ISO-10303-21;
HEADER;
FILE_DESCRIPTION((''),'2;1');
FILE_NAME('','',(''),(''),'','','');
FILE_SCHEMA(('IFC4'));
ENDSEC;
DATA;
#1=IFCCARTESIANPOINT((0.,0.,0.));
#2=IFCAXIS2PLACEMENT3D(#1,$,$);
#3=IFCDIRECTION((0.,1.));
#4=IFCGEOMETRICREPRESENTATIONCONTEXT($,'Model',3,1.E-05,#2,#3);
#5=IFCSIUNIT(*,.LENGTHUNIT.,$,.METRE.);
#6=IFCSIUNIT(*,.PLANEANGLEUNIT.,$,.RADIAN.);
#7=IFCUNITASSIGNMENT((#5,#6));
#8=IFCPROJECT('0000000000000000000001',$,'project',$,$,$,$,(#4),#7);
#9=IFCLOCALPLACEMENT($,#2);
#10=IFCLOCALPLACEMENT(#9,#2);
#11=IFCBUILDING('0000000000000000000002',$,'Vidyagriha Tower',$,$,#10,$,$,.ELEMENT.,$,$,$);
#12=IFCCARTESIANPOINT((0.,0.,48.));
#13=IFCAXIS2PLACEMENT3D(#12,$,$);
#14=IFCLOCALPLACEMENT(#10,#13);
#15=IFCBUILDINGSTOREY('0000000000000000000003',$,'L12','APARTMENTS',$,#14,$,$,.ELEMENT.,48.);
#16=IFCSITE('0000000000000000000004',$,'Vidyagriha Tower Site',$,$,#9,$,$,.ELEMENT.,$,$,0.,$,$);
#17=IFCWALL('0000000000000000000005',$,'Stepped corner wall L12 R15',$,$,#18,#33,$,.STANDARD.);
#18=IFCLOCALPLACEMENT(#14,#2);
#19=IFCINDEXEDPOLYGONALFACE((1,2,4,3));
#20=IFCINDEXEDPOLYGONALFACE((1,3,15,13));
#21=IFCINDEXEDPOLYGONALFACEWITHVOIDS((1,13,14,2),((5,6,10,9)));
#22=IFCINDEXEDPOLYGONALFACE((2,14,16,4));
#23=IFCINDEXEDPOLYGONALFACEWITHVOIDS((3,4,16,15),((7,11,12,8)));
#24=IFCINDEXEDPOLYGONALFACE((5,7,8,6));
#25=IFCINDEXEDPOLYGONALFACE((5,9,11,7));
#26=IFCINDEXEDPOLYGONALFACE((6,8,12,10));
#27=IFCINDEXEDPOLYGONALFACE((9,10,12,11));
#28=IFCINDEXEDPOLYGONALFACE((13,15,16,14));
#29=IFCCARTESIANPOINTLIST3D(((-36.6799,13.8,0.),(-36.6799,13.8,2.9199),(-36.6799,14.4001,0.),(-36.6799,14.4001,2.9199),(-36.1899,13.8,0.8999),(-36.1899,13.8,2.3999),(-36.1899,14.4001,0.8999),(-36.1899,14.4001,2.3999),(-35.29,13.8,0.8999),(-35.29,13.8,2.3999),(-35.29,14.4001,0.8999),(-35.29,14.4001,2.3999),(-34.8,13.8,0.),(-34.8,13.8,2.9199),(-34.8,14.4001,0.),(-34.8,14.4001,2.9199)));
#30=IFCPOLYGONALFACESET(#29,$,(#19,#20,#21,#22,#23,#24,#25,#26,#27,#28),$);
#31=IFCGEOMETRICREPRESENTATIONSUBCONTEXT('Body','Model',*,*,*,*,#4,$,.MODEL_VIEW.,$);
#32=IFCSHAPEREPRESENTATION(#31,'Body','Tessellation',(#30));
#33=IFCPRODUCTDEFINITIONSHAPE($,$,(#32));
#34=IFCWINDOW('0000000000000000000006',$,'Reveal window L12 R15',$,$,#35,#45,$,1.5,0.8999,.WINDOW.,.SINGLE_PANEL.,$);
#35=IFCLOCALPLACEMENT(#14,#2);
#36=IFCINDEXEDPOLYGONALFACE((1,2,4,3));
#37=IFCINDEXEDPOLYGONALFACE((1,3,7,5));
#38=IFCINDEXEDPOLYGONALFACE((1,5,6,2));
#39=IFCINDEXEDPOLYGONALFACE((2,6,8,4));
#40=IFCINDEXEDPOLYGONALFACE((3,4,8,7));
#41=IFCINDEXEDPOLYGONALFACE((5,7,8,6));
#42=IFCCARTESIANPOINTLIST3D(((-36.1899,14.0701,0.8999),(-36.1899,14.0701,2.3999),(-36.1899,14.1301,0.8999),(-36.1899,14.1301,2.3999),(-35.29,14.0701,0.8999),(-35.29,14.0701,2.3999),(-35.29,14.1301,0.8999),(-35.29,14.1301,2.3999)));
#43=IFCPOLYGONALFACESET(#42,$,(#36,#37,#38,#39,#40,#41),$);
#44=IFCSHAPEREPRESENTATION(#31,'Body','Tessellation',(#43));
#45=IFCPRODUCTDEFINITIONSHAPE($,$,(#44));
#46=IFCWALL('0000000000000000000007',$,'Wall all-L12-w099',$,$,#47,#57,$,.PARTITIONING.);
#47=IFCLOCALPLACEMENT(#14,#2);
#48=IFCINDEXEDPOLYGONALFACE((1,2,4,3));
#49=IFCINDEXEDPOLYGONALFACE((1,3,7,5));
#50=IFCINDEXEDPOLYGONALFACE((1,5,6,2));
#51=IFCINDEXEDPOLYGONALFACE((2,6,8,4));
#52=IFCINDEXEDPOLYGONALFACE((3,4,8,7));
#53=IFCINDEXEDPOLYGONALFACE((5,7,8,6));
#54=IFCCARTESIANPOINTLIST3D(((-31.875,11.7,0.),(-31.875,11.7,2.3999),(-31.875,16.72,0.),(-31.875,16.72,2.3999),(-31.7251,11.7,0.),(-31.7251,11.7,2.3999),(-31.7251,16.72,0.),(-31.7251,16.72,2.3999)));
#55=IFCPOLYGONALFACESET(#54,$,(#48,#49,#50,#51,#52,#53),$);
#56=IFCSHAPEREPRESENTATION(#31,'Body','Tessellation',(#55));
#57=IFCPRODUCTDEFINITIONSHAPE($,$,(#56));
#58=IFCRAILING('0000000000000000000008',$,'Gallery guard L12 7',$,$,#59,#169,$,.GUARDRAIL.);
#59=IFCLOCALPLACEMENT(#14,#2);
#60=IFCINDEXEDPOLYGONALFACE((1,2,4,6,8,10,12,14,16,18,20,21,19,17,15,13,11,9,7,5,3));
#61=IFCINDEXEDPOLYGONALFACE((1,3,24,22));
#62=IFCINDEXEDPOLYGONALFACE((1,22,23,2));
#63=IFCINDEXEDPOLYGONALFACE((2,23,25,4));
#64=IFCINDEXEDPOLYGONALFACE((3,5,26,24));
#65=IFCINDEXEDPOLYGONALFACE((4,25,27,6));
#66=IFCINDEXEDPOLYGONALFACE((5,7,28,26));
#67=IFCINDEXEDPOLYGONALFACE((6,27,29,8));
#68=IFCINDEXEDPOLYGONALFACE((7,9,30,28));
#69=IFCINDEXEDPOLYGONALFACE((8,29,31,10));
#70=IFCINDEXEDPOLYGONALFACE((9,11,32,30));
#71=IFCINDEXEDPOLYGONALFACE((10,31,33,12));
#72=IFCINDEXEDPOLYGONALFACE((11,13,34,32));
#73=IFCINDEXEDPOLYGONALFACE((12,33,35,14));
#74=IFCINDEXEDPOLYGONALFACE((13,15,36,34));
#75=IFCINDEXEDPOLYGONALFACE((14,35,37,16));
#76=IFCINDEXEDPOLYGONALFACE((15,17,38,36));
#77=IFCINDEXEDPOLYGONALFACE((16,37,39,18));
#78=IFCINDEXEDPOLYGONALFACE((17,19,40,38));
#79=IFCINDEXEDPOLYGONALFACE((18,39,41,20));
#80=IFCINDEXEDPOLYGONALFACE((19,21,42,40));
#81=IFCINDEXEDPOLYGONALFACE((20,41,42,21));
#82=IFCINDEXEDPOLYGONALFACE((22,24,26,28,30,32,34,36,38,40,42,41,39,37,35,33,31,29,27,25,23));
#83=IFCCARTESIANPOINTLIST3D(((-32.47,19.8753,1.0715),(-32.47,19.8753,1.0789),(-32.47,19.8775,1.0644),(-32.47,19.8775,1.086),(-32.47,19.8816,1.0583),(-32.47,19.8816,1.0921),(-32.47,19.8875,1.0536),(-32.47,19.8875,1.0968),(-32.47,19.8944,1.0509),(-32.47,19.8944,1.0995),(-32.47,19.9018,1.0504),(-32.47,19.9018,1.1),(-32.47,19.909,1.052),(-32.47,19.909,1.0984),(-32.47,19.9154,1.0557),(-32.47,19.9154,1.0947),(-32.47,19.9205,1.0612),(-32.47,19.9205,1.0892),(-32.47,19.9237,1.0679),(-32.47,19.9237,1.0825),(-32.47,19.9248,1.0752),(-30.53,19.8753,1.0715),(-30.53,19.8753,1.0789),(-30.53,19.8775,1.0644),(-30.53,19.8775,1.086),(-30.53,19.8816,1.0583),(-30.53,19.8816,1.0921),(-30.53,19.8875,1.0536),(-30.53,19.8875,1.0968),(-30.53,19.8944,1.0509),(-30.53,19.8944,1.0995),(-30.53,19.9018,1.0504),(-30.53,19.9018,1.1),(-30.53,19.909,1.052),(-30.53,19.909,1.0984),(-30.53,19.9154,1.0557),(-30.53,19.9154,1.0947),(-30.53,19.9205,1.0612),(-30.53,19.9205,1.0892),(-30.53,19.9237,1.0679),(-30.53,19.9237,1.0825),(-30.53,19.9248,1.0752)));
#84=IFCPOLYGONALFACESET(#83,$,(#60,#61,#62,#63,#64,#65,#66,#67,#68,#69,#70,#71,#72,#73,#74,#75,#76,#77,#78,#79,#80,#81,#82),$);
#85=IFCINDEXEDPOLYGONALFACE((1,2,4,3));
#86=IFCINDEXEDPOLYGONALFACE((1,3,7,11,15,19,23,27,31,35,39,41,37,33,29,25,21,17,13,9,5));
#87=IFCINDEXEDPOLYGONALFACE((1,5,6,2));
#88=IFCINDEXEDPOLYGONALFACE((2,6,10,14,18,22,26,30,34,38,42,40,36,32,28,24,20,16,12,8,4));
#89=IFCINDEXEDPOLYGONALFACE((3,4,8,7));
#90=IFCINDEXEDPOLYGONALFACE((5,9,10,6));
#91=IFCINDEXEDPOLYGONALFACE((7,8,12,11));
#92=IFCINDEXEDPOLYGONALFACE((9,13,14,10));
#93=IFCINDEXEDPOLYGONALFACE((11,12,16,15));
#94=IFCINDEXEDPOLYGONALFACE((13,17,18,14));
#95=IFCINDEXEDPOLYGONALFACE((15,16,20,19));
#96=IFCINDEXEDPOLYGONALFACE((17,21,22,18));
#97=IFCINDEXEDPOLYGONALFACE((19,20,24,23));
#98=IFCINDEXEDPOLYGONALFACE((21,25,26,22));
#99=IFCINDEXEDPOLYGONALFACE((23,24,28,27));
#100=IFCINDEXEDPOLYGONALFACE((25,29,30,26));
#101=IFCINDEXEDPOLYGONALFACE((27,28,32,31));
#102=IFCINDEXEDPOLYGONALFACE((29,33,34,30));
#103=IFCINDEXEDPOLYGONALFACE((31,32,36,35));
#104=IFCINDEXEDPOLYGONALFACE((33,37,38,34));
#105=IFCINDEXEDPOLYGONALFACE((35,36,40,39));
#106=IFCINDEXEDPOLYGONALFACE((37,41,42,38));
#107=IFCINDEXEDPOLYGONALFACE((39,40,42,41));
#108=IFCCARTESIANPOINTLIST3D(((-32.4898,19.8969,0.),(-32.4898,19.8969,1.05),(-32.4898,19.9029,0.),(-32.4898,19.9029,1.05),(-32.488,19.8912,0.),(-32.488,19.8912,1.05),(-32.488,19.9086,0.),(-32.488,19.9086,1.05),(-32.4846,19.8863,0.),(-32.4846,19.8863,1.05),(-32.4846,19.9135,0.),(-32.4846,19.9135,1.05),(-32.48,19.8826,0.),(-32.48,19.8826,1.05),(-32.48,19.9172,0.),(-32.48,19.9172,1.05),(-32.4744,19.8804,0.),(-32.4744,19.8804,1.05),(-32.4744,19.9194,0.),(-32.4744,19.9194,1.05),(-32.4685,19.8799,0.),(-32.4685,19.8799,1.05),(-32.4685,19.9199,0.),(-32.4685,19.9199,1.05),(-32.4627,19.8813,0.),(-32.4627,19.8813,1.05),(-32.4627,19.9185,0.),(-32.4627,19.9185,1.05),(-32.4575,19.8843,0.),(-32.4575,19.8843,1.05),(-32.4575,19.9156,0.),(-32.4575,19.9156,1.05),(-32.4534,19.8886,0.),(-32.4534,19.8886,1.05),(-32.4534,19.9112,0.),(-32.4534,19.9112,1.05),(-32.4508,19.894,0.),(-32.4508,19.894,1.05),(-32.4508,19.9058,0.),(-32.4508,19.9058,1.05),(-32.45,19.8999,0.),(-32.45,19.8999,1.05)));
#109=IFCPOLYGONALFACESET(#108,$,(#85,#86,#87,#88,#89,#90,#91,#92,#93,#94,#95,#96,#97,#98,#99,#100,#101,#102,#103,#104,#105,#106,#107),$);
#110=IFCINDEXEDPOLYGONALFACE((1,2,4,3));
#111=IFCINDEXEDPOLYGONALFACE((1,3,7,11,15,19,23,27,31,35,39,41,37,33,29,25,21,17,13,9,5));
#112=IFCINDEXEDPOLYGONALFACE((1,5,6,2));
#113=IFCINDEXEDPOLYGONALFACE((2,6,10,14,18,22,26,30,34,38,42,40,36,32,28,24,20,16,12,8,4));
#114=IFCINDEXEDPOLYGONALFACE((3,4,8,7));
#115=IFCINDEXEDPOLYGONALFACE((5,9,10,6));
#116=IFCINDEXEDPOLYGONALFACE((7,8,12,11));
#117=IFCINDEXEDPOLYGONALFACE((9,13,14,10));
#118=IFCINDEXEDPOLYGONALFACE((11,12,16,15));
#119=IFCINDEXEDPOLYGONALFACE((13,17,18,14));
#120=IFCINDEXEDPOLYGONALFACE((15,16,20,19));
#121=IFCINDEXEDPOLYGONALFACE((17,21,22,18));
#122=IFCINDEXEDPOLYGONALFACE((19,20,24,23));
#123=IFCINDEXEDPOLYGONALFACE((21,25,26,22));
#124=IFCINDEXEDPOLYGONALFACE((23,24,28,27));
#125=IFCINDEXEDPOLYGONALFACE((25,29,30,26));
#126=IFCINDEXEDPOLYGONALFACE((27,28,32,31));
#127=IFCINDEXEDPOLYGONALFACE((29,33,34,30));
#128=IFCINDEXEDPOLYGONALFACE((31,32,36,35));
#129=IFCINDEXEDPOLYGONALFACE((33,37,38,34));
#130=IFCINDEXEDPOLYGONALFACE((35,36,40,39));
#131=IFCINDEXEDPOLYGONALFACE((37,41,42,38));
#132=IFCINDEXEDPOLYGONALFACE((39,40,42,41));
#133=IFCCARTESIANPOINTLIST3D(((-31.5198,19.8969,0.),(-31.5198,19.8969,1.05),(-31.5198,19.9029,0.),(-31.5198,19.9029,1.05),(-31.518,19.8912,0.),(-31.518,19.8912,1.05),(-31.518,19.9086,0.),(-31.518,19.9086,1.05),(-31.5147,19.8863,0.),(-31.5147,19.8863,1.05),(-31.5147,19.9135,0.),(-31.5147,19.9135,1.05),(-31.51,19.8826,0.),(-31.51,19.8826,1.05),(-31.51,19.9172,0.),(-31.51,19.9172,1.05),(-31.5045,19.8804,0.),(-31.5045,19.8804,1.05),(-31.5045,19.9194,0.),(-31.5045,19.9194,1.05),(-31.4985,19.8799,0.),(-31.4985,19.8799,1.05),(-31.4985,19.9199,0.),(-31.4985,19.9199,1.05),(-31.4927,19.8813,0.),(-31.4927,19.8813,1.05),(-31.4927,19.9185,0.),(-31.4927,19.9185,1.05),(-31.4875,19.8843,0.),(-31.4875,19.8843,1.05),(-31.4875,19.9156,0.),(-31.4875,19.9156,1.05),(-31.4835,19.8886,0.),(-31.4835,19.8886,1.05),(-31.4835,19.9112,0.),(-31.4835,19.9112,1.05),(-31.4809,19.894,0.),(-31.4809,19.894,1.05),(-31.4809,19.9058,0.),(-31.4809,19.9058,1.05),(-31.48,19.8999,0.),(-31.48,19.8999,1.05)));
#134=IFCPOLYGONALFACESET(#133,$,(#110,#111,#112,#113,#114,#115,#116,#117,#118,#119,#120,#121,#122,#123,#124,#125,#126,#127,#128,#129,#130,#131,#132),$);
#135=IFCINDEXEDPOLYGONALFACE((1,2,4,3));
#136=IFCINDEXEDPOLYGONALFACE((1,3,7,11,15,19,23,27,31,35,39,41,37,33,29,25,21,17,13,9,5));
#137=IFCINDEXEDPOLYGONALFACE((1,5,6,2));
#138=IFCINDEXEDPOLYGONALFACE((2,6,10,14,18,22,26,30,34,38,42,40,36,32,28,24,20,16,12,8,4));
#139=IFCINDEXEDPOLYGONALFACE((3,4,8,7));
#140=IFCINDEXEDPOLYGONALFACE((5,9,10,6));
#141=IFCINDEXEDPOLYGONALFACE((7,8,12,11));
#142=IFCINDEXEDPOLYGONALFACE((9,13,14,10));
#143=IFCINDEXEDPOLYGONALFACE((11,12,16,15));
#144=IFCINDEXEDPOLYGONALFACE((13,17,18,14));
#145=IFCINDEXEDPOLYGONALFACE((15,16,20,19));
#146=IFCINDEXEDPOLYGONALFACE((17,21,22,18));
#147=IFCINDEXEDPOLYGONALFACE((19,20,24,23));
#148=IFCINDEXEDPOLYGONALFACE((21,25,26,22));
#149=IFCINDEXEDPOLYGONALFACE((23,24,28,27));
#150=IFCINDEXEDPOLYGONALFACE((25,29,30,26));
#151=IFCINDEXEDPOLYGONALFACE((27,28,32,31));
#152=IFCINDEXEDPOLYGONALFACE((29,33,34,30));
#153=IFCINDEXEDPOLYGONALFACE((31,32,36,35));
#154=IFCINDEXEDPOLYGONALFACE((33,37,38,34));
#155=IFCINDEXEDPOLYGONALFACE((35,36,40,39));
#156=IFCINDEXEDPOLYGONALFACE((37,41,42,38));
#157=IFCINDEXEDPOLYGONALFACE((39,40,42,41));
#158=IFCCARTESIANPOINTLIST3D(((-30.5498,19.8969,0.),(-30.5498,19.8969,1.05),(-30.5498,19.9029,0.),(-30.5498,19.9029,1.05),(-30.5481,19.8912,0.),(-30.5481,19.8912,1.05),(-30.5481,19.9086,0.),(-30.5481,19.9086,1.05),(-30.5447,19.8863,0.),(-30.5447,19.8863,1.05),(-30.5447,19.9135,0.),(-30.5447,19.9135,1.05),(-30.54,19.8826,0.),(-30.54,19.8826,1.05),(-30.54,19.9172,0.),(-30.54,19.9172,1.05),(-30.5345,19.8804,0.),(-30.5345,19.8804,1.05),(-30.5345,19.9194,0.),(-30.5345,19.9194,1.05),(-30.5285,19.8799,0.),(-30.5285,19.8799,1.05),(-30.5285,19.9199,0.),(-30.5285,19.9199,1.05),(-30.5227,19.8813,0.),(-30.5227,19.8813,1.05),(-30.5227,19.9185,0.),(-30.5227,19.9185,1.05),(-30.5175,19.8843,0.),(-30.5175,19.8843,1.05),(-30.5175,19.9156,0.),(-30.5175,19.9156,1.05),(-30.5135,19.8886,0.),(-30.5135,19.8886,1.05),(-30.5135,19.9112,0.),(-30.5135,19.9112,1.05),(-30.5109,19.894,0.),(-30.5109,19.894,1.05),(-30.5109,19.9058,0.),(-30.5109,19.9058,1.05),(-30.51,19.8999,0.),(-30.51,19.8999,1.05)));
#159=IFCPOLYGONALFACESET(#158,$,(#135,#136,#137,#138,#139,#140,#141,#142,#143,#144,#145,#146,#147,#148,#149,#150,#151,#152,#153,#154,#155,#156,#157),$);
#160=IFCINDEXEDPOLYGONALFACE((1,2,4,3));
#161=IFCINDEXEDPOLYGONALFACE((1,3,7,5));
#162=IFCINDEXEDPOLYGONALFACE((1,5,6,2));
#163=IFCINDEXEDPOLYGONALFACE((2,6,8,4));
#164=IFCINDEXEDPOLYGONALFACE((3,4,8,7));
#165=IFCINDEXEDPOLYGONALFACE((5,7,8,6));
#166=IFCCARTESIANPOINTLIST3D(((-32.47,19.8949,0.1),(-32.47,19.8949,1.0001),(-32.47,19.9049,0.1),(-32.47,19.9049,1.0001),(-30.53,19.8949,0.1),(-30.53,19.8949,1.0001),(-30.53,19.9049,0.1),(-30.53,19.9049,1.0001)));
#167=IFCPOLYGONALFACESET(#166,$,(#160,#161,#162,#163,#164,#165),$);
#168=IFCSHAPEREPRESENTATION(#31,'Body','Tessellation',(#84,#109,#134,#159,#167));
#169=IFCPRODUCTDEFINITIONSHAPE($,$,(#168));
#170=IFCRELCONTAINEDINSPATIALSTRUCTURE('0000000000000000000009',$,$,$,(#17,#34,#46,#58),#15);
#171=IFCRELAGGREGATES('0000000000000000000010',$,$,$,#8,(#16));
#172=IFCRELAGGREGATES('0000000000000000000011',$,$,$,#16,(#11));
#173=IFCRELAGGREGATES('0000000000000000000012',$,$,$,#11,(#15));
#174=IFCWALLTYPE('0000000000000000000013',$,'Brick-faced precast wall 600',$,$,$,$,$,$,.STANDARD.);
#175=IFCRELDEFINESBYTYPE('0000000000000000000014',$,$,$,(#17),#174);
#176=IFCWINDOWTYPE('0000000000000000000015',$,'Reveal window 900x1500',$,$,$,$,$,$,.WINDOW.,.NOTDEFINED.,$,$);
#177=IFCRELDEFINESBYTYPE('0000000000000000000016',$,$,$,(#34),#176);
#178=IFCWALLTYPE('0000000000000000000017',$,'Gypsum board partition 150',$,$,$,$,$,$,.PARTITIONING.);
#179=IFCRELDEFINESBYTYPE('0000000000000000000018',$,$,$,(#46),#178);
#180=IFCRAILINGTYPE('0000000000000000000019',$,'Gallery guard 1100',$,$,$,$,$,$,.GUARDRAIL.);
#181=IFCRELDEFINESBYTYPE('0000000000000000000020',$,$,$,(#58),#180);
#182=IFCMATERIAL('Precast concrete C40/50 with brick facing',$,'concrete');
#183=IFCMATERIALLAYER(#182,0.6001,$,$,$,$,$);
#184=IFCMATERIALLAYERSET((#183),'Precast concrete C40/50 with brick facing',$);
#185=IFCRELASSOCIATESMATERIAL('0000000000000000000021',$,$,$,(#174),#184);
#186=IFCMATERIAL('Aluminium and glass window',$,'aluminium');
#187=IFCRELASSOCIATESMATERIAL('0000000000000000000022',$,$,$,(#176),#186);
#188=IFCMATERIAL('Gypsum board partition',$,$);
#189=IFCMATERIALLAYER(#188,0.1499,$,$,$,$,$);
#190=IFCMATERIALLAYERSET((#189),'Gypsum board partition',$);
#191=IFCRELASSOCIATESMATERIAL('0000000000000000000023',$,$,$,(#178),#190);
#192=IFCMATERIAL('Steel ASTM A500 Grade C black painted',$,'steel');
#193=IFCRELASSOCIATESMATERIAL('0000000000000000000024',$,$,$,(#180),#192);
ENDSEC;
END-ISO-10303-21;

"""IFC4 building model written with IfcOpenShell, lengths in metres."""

from ifc_helpers import new_model, si_unit, direction, frame, frame_2d, origin, origin_2d, place, context, subcontext, project, spatial, rectangle, circle, extrude, material, layer, layer_set, type_object, element, fill, save


model = new_model("IFC4")

# Units and contexts
model_context = context("Model", 3, precision=1e-05, world=origin(), true_north=direction((0.0, 1.0)))
body_context = subcontext(model_context, "Body", "Model", "MODEL_VIEW")
ifc_project = project(units=[si_unit("LENGTHUNIT", "METRE"), si_unit("PLANEANGLEUNIT", "RADIAN")], contexts=[model_context])

# Site, building, storey
site_placement = place(None, origin())
site = spatial("IfcSite", under=ifc_project, at=site_placement, Name="Vidyagriha Tower Site", CompositionType="ELEMENT", RefElevation=0.0)
building_placement = place(site_placement, origin())
building = spatial("IfcBuilding", under=site, at=building_placement, Name="Vidyagriha Tower", CompositionType="ELEMENT")
storey_placement = place(building_placement, frame((0.0, 0.0, 48.0)))
storey = spatial("IfcBuildingStorey", under=building, at=storey_placement, Name="L12", Description="APARTMENTS", CompositionType="ELEMENT", Elevation=48.0)

# Shared definitions
ifc_material_1 = material(Name="Precast concrete C40/50 with brick facing", Category="concrete")
ifc_layer_1 = layer(ifc_material_1, 0.6001)
ifc_layer_set_1 = layer_set([ifc_layer_1], Name="Precast concrete C40/50 with brick facing")
wall_type_1 = type_object("IfcWallType", Name="Brick-faced precast wall 600", PredefinedType="STANDARD", material=ifc_layer_set_1)

# Shared definitions
ifc_material_2 = material(Name="Aluminium and glass window", Category="aluminium")
window_type = type_object("IfcWindowType", Name="Reveal window 900x1500", PartitioningType="NOTDEFINED", PredefinedType="WINDOW", material=ifc_material_2)

# Wall, opening, window
wall_1_placement = place(storey_placement, frame((-34.8, 14.1001, 0.0), z_axis=(0.0, 0.0, 1.0), x_axis=(-1.0, 0.0, 0.0)))
wall_1 = element("IfcWall", 1, at=wall_1_placement, inside=storey, type_object=wall_type_1, Name="Stepped corner wall L12 R15", PredefinedType="STANDARD", context=body_context, shape_type="SweptSolid", body=[
    extrude(rectangle(XDim=1.8799, YDim=0.6001, at=frame_2d((0.9399, 0.0))), origin(), (0.0, 0.0, 1.0), 2.9199),
])
opening_1_placement = place(wall_1_placement, frame((0.49, 0.0, 0.8999)))
opening_1 = element("IfcOpeningElement", 2, at=opening_1_placement, cuts=wall_1, PredefinedType="OPENING", context=body_context, shape_type="SweptSolid", body=[
    extrude(rectangle(XDim=0.8999, YDim=1.5, at=frame_2d((0.45, 0.75))), frame((0.0, 0.3101, 0.0), z_axis=(0.0, -1.0, 0.0), x_axis=(1.0, 0.0, 0.0)), (0.0, 0.0, 1.0), 0.6201),
])
window_1_placement = place(opening_1_placement, origin())
window_1 = element("IfcWindow", 3, at=window_1_placement, inside=storey, type_object=window_type, Name="Reveal window L12 R15", OverallHeight=1.5, OverallWidth=0.8999, PartitioningType="SINGLE_PANEL", PredefinedType="WINDOW", context=body_context, shape_type="SweptSolid", body=[
    extrude(rectangle(XDim=0.8999, YDim=1.5, at=frame_2d((0.45, 0.75))), frame((0.0, 0.03, 0.0), z_axis=(0.0, -1.0, 0.0), x_axis=(1.0, 0.0, 0.0)), (0.0, 0.0, 1.0), 0.0601),
])
fill(opening_1, window_1)

# Wall
ifc_material_3 = material(Name="Gypsum board partition")
ifc_layer_2 = layer(ifc_material_3, 0.1499)
ifc_layer_set_2 = layer_set([ifc_layer_2], Name="Gypsum board partition")
wall_type_2 = type_object("IfcWallType", Name="Gypsum board partition 150", PredefinedType="PARTITIONING", material=ifc_layer_set_2)
wall_2_placement = place(storey_placement, frame((-31.8, 16.72, 0.0), z_axis=(0.0, 0.0, 1.0), x_axis=(0.0, -1.0, 0.0)))
element("IfcWall", 4, at=wall_2_placement, inside=storey, type_object=wall_type_2, Name="Wall all-L12-w099", PredefinedType="PARTITIONING", context=body_context, shape_type="SweptSolid", body=[
    extrude(rectangle(XDim=5.02, YDim=0.1499, at=frame_2d((2.51, 0.0))), origin(), (0.0, 0.0, 1.0), 2.3999),
])

# Railing
ifc_material_4 = material(Name="Steel ASTM A500 Grade C black painted", Category="steel")
railing_type = type_object("IfcRailingType", Name="Gallery guard 1100", PredefinedType="GUARDRAIL", material=ifc_material_4)
railing_1_placement = place(storey_placement, frame((-32.47, 19.8999, 0.0)))
element("IfcRailing", 5, at=railing_1_placement, inside=storey, type_object=railing_type, Name="Gallery guard L12 7", PredefinedType="GUARDRAIL", context=body_context, shape_type="SweptSolid", body=[
    extrude(circle(Radius=0.0249, at=origin_2d()), frame((0.0, 0.0, 1.0752), z_axis=(1.0, 0.0, 0.0), x_axis=(0.0, 1.0, 0.0)), (0.0, 0.0, 1.0), 1.9399),
    extrude(circle(Radius=0.02, at=origin_2d()), origin(), (0.0, 0.0, 1.0), 1.05),
    extrude(circle(Radius=0.02, at=origin_2d()), frame((0.97, 0.0, 0.0)), (0.0, 0.0, 1.0), 1.05),
    extrude(circle(Radius=0.02, at=origin_2d()), frame((1.9399, 0.0, 0.0)), (0.0, 0.0, 1.0), 1.05),
    extrude(rectangle(XDim=0.01, YDim=0.9001, at=origin_2d()), frame((0.0, 0.0, 0.55), z_axis=(1.0, 0.0, 0.0), x_axis=(0.0, 1.0, 0.0)), (0.0, 0.0, 1.0), 1.9399),
])

save(model, "model.ifc")
